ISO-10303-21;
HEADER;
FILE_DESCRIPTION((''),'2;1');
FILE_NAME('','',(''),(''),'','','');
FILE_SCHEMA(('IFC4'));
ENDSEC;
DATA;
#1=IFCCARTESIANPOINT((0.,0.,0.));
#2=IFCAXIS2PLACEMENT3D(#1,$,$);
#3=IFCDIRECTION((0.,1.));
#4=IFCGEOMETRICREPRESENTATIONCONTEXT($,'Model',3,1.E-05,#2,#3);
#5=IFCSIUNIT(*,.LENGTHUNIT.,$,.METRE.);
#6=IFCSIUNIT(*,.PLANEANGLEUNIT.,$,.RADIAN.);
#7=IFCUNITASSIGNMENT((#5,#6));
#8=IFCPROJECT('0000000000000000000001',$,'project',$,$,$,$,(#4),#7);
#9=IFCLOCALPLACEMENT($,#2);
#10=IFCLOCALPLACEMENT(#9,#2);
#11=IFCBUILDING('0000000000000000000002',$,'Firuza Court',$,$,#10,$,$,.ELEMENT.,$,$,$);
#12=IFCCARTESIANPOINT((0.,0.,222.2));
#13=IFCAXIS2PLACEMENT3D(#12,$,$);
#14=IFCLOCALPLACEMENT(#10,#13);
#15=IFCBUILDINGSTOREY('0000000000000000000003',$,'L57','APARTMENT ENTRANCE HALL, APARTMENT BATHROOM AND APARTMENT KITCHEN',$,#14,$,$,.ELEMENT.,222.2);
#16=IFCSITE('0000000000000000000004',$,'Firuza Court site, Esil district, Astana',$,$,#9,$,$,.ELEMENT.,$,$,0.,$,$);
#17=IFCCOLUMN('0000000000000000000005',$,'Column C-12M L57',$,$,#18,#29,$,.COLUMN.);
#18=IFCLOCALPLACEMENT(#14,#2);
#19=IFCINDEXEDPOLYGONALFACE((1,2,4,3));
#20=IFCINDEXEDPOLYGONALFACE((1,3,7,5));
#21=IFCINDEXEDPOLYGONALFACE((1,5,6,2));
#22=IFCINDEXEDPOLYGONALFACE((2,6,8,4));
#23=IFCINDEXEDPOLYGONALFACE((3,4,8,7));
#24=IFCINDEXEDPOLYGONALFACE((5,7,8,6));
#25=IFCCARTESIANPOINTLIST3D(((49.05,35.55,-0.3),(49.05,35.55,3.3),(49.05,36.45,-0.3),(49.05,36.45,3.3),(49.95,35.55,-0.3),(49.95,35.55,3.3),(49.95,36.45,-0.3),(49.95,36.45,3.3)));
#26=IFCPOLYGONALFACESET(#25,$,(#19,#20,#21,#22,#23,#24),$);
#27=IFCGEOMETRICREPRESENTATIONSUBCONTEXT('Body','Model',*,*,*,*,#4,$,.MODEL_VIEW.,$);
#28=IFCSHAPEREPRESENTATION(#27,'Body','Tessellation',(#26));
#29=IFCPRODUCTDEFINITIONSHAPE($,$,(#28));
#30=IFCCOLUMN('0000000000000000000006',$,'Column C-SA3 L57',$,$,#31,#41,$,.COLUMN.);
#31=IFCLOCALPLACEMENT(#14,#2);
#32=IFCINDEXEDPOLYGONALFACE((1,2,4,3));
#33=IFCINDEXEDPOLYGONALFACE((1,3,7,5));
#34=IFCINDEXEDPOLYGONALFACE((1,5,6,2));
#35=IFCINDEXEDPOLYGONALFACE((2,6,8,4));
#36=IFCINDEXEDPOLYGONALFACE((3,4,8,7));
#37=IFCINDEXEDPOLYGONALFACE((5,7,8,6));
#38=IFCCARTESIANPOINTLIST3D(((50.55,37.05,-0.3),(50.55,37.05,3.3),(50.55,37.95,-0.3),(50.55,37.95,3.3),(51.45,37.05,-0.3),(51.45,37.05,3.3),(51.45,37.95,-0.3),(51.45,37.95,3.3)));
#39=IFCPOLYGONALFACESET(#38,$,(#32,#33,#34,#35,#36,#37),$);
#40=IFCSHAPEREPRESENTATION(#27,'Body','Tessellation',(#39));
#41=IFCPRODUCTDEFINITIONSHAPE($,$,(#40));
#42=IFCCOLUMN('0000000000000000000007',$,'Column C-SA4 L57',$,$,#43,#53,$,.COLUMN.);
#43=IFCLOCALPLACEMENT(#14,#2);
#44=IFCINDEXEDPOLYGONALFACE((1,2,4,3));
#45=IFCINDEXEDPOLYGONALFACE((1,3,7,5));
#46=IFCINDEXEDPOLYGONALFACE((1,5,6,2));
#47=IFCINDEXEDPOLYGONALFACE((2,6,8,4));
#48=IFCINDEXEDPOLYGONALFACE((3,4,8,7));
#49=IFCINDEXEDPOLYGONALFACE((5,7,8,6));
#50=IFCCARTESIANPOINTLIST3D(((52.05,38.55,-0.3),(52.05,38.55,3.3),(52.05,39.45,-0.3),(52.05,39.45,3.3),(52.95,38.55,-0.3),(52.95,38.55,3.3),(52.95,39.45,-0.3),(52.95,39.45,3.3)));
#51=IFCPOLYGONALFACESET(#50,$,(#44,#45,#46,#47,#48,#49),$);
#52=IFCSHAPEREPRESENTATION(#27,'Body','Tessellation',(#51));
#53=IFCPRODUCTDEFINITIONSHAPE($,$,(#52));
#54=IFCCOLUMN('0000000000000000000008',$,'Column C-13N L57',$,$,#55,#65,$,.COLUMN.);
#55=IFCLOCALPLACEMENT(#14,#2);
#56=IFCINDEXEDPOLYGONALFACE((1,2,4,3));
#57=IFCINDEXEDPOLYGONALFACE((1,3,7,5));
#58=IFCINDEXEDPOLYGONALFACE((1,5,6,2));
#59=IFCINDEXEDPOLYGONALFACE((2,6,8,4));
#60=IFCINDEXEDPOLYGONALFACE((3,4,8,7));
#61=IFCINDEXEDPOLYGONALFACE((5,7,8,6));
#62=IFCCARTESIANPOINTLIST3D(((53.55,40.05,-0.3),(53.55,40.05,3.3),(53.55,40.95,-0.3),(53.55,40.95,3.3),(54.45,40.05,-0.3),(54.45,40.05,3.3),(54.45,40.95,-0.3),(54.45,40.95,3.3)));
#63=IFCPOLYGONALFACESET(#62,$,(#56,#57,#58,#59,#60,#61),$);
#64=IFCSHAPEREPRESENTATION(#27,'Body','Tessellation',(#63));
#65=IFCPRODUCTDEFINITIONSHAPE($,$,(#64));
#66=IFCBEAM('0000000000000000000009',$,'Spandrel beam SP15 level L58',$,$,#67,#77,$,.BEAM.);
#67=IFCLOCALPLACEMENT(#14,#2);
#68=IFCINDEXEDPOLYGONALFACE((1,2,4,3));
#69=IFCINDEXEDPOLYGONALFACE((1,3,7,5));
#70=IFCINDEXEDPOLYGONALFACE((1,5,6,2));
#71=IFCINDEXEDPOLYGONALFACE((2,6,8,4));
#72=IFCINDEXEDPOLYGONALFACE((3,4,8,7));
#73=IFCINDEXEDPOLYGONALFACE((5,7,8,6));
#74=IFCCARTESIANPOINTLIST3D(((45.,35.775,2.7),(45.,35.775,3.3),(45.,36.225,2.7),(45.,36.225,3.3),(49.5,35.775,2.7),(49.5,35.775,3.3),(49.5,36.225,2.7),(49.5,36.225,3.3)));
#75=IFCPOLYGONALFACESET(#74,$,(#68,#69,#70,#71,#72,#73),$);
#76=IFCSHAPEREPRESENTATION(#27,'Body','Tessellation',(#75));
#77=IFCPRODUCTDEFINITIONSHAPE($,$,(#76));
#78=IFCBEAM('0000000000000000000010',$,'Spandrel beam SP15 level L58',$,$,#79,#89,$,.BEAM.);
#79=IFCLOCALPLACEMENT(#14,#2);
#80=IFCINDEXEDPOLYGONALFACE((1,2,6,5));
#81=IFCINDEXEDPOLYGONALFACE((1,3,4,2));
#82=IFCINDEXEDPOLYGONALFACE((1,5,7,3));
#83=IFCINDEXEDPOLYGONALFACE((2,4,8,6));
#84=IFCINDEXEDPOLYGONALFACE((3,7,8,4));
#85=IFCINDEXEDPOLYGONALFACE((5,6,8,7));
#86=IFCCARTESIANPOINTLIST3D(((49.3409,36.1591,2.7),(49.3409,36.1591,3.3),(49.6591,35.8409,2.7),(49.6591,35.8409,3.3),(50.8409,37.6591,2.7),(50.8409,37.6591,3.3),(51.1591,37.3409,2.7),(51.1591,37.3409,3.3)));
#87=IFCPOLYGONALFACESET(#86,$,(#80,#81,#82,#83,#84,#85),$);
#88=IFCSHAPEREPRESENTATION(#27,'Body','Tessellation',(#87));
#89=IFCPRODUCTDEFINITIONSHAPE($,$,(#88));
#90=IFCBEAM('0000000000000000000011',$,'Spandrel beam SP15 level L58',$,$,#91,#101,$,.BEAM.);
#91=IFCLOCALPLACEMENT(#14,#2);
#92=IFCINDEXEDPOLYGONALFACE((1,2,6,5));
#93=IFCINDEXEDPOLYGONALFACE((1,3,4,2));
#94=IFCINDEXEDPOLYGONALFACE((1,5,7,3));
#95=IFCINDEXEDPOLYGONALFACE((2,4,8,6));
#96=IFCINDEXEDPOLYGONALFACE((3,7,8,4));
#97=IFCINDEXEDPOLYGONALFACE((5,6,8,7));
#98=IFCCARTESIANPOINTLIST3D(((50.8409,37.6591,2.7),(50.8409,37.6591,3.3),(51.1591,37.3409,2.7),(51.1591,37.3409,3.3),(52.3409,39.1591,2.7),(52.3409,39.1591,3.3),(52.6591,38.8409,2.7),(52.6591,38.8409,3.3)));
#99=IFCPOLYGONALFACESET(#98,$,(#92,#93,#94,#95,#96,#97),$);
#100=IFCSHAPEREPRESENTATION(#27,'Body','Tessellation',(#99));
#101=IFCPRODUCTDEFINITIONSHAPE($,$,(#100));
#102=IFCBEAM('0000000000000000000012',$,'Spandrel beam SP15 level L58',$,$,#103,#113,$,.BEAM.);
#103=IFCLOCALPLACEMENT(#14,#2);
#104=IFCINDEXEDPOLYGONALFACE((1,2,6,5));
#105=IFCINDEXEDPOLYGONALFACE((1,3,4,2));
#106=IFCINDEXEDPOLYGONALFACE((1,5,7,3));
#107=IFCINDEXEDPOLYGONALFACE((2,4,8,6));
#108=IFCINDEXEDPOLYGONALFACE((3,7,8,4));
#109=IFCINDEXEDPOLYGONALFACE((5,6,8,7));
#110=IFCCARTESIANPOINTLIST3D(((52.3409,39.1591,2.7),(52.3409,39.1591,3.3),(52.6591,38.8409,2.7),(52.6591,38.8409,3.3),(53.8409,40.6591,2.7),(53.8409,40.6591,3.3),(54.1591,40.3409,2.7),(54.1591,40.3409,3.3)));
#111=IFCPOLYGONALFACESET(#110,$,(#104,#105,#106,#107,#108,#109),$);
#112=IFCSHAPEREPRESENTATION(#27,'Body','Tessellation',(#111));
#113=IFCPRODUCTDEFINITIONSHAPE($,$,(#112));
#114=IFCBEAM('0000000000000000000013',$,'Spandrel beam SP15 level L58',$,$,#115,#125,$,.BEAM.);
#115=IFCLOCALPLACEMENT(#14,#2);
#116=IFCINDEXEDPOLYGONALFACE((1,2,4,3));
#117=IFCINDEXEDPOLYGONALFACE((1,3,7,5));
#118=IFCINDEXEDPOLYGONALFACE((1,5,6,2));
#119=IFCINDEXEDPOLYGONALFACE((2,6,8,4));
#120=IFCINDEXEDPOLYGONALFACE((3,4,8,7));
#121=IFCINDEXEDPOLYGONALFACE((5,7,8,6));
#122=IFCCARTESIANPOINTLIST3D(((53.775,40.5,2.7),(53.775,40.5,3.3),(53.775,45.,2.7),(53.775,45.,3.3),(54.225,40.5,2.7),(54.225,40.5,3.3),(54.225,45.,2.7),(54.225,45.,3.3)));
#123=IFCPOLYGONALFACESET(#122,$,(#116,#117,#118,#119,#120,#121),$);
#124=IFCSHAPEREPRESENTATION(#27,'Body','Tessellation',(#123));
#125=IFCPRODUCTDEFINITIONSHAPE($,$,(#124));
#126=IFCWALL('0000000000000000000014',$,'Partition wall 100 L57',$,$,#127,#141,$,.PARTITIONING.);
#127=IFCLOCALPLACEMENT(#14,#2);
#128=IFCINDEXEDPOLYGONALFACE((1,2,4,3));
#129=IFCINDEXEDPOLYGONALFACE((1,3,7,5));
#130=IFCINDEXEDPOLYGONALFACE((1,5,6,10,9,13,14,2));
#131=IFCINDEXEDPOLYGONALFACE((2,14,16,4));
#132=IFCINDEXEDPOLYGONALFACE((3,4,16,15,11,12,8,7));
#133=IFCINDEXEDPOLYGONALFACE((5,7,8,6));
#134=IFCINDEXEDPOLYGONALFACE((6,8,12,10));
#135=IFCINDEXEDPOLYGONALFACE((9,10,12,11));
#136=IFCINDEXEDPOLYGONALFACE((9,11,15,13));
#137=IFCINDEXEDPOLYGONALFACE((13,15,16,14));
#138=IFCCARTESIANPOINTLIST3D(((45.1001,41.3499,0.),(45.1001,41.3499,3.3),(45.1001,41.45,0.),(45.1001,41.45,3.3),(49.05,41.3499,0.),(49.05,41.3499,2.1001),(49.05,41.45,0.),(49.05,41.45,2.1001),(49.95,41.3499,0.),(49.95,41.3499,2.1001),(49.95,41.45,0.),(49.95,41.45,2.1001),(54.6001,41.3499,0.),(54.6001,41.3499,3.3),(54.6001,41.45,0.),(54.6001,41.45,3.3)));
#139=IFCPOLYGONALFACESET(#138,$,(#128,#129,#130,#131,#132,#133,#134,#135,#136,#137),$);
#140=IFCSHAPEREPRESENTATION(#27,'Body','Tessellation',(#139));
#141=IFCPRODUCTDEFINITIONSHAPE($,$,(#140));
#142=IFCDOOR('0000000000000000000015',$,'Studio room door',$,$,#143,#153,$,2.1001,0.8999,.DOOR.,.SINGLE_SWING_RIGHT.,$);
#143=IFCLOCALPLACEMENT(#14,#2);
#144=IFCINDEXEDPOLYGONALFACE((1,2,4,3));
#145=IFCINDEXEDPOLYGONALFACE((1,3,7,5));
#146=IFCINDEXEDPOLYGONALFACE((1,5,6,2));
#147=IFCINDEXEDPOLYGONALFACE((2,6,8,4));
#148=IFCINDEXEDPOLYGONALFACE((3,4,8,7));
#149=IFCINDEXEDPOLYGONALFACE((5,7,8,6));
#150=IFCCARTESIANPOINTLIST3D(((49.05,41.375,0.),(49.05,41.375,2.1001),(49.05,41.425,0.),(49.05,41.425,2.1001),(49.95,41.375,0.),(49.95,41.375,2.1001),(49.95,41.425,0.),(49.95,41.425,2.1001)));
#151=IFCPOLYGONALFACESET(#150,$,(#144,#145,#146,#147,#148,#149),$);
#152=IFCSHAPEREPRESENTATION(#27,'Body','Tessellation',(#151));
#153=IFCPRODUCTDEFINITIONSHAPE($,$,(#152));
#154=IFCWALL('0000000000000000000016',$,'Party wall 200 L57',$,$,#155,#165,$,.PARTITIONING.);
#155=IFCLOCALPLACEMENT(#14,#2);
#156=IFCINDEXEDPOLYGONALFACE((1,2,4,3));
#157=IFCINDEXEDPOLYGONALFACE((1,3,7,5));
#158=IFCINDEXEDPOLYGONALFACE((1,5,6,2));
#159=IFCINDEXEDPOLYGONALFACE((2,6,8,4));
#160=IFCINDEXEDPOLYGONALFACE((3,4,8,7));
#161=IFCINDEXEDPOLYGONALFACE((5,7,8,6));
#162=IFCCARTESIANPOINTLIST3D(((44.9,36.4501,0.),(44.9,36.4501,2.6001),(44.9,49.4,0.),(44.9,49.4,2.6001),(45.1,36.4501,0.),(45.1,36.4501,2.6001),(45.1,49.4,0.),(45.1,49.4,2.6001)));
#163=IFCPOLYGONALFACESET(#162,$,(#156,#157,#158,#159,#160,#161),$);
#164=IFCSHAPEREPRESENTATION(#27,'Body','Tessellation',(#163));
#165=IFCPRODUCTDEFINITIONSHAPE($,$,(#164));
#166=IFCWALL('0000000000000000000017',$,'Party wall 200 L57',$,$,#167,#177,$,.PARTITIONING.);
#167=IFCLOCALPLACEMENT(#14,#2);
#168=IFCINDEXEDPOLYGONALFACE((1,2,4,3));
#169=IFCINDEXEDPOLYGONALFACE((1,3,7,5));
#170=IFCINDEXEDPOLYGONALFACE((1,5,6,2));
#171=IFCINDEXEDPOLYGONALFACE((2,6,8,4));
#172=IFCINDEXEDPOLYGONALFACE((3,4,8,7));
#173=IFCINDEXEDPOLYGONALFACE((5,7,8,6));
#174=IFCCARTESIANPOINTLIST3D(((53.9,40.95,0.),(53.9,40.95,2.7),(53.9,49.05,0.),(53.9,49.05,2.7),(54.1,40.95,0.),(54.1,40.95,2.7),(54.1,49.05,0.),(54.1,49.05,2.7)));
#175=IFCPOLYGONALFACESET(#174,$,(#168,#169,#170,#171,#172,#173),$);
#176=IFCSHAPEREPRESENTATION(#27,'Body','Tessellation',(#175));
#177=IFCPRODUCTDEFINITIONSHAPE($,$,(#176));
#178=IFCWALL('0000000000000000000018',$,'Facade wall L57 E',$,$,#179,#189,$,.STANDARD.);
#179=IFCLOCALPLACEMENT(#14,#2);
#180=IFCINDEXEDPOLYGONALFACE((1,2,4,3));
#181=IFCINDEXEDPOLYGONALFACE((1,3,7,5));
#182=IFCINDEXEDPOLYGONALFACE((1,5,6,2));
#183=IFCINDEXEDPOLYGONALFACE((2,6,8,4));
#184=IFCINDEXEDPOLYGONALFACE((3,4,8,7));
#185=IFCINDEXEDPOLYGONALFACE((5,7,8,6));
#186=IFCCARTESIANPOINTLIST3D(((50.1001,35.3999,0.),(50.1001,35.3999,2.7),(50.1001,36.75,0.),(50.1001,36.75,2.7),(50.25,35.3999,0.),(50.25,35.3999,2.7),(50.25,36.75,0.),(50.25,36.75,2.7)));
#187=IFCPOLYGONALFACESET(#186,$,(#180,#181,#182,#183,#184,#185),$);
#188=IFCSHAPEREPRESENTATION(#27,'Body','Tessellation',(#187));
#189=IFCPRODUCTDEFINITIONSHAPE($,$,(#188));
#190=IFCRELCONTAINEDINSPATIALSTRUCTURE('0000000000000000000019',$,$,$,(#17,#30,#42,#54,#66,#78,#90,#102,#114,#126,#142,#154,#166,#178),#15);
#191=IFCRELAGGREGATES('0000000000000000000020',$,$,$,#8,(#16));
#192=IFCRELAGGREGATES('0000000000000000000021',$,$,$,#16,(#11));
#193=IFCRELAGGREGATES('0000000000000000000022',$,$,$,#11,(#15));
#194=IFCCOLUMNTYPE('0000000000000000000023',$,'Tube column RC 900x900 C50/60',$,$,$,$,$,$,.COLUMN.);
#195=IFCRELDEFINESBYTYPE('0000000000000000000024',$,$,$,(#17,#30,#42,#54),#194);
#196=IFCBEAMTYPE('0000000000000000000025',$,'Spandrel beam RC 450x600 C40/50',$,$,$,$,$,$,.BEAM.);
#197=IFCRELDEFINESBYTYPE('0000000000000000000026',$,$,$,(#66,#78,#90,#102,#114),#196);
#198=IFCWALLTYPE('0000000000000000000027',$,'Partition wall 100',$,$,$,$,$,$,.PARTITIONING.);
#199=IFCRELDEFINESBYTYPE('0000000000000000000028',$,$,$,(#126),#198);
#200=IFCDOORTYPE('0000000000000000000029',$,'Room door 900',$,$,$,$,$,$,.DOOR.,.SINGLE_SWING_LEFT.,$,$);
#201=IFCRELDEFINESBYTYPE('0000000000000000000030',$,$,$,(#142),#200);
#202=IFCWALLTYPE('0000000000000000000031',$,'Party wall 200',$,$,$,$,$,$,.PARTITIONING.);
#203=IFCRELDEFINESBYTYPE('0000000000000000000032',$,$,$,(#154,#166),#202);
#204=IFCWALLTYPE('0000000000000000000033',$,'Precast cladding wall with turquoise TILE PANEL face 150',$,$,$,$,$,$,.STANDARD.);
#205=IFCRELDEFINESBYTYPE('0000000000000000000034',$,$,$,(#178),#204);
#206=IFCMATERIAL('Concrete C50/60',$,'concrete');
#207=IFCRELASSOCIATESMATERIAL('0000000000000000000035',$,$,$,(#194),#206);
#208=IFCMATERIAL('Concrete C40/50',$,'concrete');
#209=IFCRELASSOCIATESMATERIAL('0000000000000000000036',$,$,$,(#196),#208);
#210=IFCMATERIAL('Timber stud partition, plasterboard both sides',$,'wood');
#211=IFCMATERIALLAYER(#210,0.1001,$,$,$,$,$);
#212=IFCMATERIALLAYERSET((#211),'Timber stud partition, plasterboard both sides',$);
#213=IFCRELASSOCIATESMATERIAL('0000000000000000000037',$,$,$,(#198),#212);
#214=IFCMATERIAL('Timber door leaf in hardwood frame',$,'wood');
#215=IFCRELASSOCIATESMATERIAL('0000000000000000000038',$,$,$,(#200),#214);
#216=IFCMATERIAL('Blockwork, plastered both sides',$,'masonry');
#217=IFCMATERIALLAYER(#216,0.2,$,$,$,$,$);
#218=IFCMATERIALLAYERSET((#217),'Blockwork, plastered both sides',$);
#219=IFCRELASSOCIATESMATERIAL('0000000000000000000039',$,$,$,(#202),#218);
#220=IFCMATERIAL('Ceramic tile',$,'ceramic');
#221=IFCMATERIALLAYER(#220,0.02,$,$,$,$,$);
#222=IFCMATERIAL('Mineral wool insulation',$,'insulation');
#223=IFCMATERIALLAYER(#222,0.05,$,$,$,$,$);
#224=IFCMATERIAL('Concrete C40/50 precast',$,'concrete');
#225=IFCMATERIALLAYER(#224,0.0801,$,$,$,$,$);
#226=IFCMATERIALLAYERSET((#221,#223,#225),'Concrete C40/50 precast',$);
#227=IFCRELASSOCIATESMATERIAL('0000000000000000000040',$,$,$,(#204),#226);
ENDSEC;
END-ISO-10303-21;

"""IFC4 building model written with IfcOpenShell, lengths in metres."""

from ifc_helpers import new_model, si_unit, direction, frame, frame_2d, origin, origin_2d, place, context, subcontext, project, spatial, rectangle, extrude, material, layer, layer_set, material_profile, profile_set, type_object, element, fill, save


model = new_model("IFC4")

# Units and contexts
model_context = context("Model", 3, precision=1e-05, world=origin(), true_north=direction((0.0, 1.0)))
body_context = subcontext(model_context, "Body", "Model", "MODEL_VIEW")
ifc_project = project(units=[si_unit("LENGTHUNIT", "METRE"), si_unit("PLANEANGLEUNIT", "RADIAN")], contexts=[model_context])

# Site, building, storey
site_placement = place(None, origin())
site = spatial("IfcSite", under=ifc_project, at=site_placement, Name="Firuza Court site, Esil district, Astana", CompositionType="ELEMENT", RefElevation=0.0)
building_placement = place(site_placement, origin())
building = spatial("IfcBuilding", under=site, at=building_placement, Name="Firuza Court", CompositionType="ELEMENT")
storey_placement = place(building_placement, frame((0.0, 0.0, 222.2)))
storey = spatial("IfcBuildingStorey", under=building, at=storey_placement, Name="L57", Description="APARTMENT ENTRANCE HALL, APARTMENT BATHROOM AND APARTMENT KITCHEN", CompositionType="ELEMENT", Elevation=222.2)

# Columns
ifc_material_1 = material(Name="Concrete C50/60", Category="concrete")
ifc_material_profile_1 = material_profile(ifc_material_1, rectangle(XDim=0.8999, YDim=0.8999, at=origin_2d()), Name="RC 900x900")
ifc_profile_set_1 = profile_set([ifc_material_profile_1], Name="Concrete C50/60")
column_type = type_object("IfcColumnType", Name="Tube column RC 900x900 C50/60", PredefinedType="COLUMN", material=ifc_profile_set_1)
for number, where, z_axis, x_axis, name in (
    (1, (49.5, 36.0, -0.3), (0.0, 0.0, 1.0), (1.0, 0.0, 0.0), "Column C-12M L57"),
    (2, (51.0, 37.5, -0.3), (0.0, 0.0, 1.0), (1.0, 0.0, 0.0), "Column C-SA3 L57"),
    (3, (52.5, 39.0, -0.3), (0.0, 0.0, 1.0), (1.0, 0.0, 0.0), "Column C-SA4 L57"),
    (4, (54.0, 40.5, -0.3), (0.0, 0.0, 1.0), (1.0, 0.0, 0.0), "Column C-13N L57"),
):
    element("IfcColumn", number, at=place(storey_placement, frame(where, z_axis=z_axis, x_axis=x_axis)), inside=storey, type_object=column_type, Name=name, PredefinedType="COLUMN", context=body_context, shape_type="SweptSolid", body=[
        extrude(rectangle(XDim=0.8999, YDim=0.8999, at=origin_2d()), origin(), (0.0, 0.0, 1.0), 3.6001),
    ])

# Beams
ifc_material_2 = material(Name="Concrete C40/50", Category="concrete")
ifc_material_profile_2 = material_profile(ifc_material_2, rectangle(XDim=0.45, YDim=0.6001, at=origin_2d()), Name="RC 450x600")
ifc_profile_set_2 = profile_set([ifc_material_profile_2], Name="Concrete C40/50")
beam_type = type_object("IfcBeamType", Name="Spandrel beam RC 450x600 C40/50", PredefinedType="BEAM", material=ifc_profile_set_2)
beam_1_placement = place(storey_placement, frame((45.0, 36.0, 3.0), z_axis=(1.0, 0.0, 0.0), x_axis=(0.0, 1.0, 0.0)))
element("IfcBeam", 5, at=beam_1_placement, inside=storey, type_object=beam_type, Name="Spandrel beam SP15 level L58", PredefinedType="BEAM", context=body_context, shape_type="SweptSolid", body=[
    extrude(rectangle(XDim=0.45, YDim=0.6001, at=origin_2d()), origin(), (0.0, 0.0, 1.0), 4.5),
])
for number, where, z_axis, x_axis, name in (
    (6, (49.5, 36.0, 3.0), (0.707107, 0.707107, 0.0), (-0.707107, 0.707107, 0.0), "Spandrel beam SP15 level L58"),
    (7, (51.0, 37.5, 3.0), (0.707107, 0.707107, 0.0), (-0.707107, 0.707107, 0.0), "Spandrel beam SP15 level L58"),
    (8, (52.5, 39.0, 3.0), (0.707107, 0.707107, 0.0), (-0.707107, 0.707107, 0.0), "Spandrel beam SP15 level L58"),
):
    element("IfcBeam", number, at=place(storey_placement, frame(where, z_axis=z_axis, x_axis=x_axis)), inside=storey, type_object=beam_type, Name=name, PredefinedType="BEAM", context=body_context, shape_type="SweptSolid", body=[
        extrude(rectangle(XDim=0.45, YDim=0.6001, at=origin_2d()), origin(), (0.0, 0.0, 1.0), 2.1213),
    ])
beam_2_placement = place(storey_placement, frame((54.0, 40.5, 3.0), z_axis=(0.0, 1.0, 0.0), x_axis=(-1.0, 0.0, 0.0)))
element("IfcBeam", 9, at=beam_2_placement, inside=storey, type_object=beam_type, Name="Spandrel beam SP15 level L58", PredefinedType="BEAM", context=body_context, shape_type="SweptSolid", body=[
    extrude(rectangle(XDim=0.45, YDim=0.6001, at=origin_2d()), origin(), (0.0, 0.0, 1.0), 4.5),
])

# Wall, opening, door
ifc_material_3 = material(Name="Timber stud partition, plasterboard both sides", Category="wood")
ifc_layer_1 = layer(ifc_material_3, 0.1001)
ifc_layer_set_1 = layer_set([ifc_layer_1], Name="Timber stud partition, plasterboard both sides")
wall_type_1 = type_object("IfcWallType", Name="Partition wall 100", PredefinedType="PARTITIONING", material=ifc_layer_set_1)
wall_1_placement = place(storey_placement, frame((45.1001, 41.3999, 0.0), z_axis=(0.0, 0.0, 1.0), x_axis=(1.0, 0.0, 0.0)))
wall_1 = element("IfcWall", 10, at=wall_1_placement, inside=storey, type_object=wall_type_1, Name="Partition wall 100 L57", PredefinedType="PARTITIONING", context=body_context, shape_type="SweptSolid", body=[
    extrude(rectangle(XDim=9.5, YDim=0.1001, at=frame_2d((4.75, 0.0))), origin(), (0.0, 0.0, 1.0), 3.3),
])
opening_1_placement = place(wall_1_placement, frame((3.95, 0.0, 0.0)))
opening_1 = element("IfcOpeningElement", 11, at=opening_1_placement, cuts=wall_1, PredefinedType="OPENING", context=body_context, shape_type="SweptSolid", body=[
    extrude(rectangle(XDim=0.8999, YDim=2.1001, at=frame_2d((0.45, 1.05))), frame((0.0, 0.062, 0.0), z_axis=(0.0, -1.0, 0.0), x_axis=(1.0, 0.0, 0.0)), (0.0, 0.0, 1.0), 0.124),
])
ifc_material_4 = material(Name="Timber door leaf in hardwood frame", Category="wood")
door_type = type_object("IfcDoorType", Name="Room door 900", OperationType="SINGLE_SWING_LEFT", PredefinedType="DOOR", material=ifc_material_4)
door_placement = place(opening_1_placement, frame((0.8999, 0.0, 0.0), z_axis=(0.0, 0.0, 1.0), x_axis=(-1.0, 0.0, 0.0)))
door = element("IfcDoor", 12, at=door_placement, inside=storey, type_object=door_type, Name="Studio room door", OperationType="SINGLE_SWING_RIGHT", OverallHeight=2.1001, OverallWidth=0.8999, PredefinedType="DOOR", context=body_context, shape_type="SweptSolid", body=[
    extrude(rectangle(XDim=0.8999, YDim=2.1001, at=frame_2d((0.45, 1.05))), frame((0.0, 0.0249, 0.0), z_axis=(0.0, -1.0, 0.0), x_axis=(1.0, 0.0, 0.0)), (0.0, 0.0, 1.0), 0.05),
])
fill(opening_1, door)

# Walls
ifc_material_5 = material(Name="Blockwork, plastered both sides", Category="masonry")
ifc_layer_2 = layer(ifc_material_5, 0.2)
ifc_layer_set_2 = layer_set([ifc_layer_2], Name="Blockwork, plastered both sides")
wall_type_2 = type_object("IfcWallType", Name="Party wall 200", PredefinedType="PARTITIONING", material=ifc_layer_set_2)
wall_2_placement = place(storey_placement, frame((45.0, 36.45, 0.0), z_axis=(0.0, 0.0, 1.0), x_axis=(0.0, 1.0, 0.0)))
element("IfcWall", 13, at=wall_2_placement, inside=storey, type_object=wall_type_2, Name="Party wall 200 L57", PredefinedType="PARTITIONING", context=body_context, shape_type="SweptSolid", body=[
    extrude(rectangle(XDim=12.95, YDim=0.2, at=frame_2d((6.4751, 0.0))), origin(), (0.0, 0.0, 1.0), 2.6001),
])
wall_3_placement = place(storey_placement, frame((54.0, 40.95, 0.0), z_axis=(0.0, 0.0, 1.0), x_axis=(0.0, 1.0, 0.0)))
element("IfcWall", 14, at=wall_3_placement, inside=storey, type_object=wall_type_2, Name="Party wall 200 L57", PredefinedType="PARTITIONING", context=body_context, shape_type="SweptSolid", body=[
    extrude(rectangle(XDim=8.1001, YDim=0.2, at=frame_2d((4.05, 0.0))), origin(), (0.0, 0.0, 1.0), 2.7),
])
ifc_material_6 = material(Name="Ceramic tile", Category="ceramic")
ifc_layer_3 = layer(ifc_material_6, 0.02)
ifc_material_7 = material(Name="Mineral wool insulation", Category="insulation")
ifc_layer_4 = layer(ifc_material_7, 0.05)
ifc_material_8 = material(Name="Concrete C40/50 precast", Category="concrete")
ifc_layer_5 = layer(ifc_material_8, 0.0801)
ifc_layer_set_3 = layer_set([ifc_layer_3, ifc_layer_4, ifc_layer_5], Name="Concrete C40/50 precast")
wall_type_3 = type_object("IfcWallType", Name="Precast cladding wall with turquoise TILE PANEL face 150", PredefinedType="STANDARD", material=ifc_layer_set_3)
wall_4_placement = place(storey_placement, frame((50.175, 35.3999, 0.0), z_axis=(0.0, 0.0, 1.0), x_axis=(0.0, 1.0, 0.0)))
element("IfcWall", 15, at=wall_4_placement, inside=storey, type_object=wall_type_3, Name="Facade wall L57 E", PredefinedType="STANDARD", context=body_context, shape_type="SweptSolid", body=[
    extrude(rectangle(XDim=1.3501, YDim=0.1499, at=frame_2d((0.675, 0.0))), origin(), (0.0, 0.0, 1.0), 2.7),
])

save(model, "model.ifc")
